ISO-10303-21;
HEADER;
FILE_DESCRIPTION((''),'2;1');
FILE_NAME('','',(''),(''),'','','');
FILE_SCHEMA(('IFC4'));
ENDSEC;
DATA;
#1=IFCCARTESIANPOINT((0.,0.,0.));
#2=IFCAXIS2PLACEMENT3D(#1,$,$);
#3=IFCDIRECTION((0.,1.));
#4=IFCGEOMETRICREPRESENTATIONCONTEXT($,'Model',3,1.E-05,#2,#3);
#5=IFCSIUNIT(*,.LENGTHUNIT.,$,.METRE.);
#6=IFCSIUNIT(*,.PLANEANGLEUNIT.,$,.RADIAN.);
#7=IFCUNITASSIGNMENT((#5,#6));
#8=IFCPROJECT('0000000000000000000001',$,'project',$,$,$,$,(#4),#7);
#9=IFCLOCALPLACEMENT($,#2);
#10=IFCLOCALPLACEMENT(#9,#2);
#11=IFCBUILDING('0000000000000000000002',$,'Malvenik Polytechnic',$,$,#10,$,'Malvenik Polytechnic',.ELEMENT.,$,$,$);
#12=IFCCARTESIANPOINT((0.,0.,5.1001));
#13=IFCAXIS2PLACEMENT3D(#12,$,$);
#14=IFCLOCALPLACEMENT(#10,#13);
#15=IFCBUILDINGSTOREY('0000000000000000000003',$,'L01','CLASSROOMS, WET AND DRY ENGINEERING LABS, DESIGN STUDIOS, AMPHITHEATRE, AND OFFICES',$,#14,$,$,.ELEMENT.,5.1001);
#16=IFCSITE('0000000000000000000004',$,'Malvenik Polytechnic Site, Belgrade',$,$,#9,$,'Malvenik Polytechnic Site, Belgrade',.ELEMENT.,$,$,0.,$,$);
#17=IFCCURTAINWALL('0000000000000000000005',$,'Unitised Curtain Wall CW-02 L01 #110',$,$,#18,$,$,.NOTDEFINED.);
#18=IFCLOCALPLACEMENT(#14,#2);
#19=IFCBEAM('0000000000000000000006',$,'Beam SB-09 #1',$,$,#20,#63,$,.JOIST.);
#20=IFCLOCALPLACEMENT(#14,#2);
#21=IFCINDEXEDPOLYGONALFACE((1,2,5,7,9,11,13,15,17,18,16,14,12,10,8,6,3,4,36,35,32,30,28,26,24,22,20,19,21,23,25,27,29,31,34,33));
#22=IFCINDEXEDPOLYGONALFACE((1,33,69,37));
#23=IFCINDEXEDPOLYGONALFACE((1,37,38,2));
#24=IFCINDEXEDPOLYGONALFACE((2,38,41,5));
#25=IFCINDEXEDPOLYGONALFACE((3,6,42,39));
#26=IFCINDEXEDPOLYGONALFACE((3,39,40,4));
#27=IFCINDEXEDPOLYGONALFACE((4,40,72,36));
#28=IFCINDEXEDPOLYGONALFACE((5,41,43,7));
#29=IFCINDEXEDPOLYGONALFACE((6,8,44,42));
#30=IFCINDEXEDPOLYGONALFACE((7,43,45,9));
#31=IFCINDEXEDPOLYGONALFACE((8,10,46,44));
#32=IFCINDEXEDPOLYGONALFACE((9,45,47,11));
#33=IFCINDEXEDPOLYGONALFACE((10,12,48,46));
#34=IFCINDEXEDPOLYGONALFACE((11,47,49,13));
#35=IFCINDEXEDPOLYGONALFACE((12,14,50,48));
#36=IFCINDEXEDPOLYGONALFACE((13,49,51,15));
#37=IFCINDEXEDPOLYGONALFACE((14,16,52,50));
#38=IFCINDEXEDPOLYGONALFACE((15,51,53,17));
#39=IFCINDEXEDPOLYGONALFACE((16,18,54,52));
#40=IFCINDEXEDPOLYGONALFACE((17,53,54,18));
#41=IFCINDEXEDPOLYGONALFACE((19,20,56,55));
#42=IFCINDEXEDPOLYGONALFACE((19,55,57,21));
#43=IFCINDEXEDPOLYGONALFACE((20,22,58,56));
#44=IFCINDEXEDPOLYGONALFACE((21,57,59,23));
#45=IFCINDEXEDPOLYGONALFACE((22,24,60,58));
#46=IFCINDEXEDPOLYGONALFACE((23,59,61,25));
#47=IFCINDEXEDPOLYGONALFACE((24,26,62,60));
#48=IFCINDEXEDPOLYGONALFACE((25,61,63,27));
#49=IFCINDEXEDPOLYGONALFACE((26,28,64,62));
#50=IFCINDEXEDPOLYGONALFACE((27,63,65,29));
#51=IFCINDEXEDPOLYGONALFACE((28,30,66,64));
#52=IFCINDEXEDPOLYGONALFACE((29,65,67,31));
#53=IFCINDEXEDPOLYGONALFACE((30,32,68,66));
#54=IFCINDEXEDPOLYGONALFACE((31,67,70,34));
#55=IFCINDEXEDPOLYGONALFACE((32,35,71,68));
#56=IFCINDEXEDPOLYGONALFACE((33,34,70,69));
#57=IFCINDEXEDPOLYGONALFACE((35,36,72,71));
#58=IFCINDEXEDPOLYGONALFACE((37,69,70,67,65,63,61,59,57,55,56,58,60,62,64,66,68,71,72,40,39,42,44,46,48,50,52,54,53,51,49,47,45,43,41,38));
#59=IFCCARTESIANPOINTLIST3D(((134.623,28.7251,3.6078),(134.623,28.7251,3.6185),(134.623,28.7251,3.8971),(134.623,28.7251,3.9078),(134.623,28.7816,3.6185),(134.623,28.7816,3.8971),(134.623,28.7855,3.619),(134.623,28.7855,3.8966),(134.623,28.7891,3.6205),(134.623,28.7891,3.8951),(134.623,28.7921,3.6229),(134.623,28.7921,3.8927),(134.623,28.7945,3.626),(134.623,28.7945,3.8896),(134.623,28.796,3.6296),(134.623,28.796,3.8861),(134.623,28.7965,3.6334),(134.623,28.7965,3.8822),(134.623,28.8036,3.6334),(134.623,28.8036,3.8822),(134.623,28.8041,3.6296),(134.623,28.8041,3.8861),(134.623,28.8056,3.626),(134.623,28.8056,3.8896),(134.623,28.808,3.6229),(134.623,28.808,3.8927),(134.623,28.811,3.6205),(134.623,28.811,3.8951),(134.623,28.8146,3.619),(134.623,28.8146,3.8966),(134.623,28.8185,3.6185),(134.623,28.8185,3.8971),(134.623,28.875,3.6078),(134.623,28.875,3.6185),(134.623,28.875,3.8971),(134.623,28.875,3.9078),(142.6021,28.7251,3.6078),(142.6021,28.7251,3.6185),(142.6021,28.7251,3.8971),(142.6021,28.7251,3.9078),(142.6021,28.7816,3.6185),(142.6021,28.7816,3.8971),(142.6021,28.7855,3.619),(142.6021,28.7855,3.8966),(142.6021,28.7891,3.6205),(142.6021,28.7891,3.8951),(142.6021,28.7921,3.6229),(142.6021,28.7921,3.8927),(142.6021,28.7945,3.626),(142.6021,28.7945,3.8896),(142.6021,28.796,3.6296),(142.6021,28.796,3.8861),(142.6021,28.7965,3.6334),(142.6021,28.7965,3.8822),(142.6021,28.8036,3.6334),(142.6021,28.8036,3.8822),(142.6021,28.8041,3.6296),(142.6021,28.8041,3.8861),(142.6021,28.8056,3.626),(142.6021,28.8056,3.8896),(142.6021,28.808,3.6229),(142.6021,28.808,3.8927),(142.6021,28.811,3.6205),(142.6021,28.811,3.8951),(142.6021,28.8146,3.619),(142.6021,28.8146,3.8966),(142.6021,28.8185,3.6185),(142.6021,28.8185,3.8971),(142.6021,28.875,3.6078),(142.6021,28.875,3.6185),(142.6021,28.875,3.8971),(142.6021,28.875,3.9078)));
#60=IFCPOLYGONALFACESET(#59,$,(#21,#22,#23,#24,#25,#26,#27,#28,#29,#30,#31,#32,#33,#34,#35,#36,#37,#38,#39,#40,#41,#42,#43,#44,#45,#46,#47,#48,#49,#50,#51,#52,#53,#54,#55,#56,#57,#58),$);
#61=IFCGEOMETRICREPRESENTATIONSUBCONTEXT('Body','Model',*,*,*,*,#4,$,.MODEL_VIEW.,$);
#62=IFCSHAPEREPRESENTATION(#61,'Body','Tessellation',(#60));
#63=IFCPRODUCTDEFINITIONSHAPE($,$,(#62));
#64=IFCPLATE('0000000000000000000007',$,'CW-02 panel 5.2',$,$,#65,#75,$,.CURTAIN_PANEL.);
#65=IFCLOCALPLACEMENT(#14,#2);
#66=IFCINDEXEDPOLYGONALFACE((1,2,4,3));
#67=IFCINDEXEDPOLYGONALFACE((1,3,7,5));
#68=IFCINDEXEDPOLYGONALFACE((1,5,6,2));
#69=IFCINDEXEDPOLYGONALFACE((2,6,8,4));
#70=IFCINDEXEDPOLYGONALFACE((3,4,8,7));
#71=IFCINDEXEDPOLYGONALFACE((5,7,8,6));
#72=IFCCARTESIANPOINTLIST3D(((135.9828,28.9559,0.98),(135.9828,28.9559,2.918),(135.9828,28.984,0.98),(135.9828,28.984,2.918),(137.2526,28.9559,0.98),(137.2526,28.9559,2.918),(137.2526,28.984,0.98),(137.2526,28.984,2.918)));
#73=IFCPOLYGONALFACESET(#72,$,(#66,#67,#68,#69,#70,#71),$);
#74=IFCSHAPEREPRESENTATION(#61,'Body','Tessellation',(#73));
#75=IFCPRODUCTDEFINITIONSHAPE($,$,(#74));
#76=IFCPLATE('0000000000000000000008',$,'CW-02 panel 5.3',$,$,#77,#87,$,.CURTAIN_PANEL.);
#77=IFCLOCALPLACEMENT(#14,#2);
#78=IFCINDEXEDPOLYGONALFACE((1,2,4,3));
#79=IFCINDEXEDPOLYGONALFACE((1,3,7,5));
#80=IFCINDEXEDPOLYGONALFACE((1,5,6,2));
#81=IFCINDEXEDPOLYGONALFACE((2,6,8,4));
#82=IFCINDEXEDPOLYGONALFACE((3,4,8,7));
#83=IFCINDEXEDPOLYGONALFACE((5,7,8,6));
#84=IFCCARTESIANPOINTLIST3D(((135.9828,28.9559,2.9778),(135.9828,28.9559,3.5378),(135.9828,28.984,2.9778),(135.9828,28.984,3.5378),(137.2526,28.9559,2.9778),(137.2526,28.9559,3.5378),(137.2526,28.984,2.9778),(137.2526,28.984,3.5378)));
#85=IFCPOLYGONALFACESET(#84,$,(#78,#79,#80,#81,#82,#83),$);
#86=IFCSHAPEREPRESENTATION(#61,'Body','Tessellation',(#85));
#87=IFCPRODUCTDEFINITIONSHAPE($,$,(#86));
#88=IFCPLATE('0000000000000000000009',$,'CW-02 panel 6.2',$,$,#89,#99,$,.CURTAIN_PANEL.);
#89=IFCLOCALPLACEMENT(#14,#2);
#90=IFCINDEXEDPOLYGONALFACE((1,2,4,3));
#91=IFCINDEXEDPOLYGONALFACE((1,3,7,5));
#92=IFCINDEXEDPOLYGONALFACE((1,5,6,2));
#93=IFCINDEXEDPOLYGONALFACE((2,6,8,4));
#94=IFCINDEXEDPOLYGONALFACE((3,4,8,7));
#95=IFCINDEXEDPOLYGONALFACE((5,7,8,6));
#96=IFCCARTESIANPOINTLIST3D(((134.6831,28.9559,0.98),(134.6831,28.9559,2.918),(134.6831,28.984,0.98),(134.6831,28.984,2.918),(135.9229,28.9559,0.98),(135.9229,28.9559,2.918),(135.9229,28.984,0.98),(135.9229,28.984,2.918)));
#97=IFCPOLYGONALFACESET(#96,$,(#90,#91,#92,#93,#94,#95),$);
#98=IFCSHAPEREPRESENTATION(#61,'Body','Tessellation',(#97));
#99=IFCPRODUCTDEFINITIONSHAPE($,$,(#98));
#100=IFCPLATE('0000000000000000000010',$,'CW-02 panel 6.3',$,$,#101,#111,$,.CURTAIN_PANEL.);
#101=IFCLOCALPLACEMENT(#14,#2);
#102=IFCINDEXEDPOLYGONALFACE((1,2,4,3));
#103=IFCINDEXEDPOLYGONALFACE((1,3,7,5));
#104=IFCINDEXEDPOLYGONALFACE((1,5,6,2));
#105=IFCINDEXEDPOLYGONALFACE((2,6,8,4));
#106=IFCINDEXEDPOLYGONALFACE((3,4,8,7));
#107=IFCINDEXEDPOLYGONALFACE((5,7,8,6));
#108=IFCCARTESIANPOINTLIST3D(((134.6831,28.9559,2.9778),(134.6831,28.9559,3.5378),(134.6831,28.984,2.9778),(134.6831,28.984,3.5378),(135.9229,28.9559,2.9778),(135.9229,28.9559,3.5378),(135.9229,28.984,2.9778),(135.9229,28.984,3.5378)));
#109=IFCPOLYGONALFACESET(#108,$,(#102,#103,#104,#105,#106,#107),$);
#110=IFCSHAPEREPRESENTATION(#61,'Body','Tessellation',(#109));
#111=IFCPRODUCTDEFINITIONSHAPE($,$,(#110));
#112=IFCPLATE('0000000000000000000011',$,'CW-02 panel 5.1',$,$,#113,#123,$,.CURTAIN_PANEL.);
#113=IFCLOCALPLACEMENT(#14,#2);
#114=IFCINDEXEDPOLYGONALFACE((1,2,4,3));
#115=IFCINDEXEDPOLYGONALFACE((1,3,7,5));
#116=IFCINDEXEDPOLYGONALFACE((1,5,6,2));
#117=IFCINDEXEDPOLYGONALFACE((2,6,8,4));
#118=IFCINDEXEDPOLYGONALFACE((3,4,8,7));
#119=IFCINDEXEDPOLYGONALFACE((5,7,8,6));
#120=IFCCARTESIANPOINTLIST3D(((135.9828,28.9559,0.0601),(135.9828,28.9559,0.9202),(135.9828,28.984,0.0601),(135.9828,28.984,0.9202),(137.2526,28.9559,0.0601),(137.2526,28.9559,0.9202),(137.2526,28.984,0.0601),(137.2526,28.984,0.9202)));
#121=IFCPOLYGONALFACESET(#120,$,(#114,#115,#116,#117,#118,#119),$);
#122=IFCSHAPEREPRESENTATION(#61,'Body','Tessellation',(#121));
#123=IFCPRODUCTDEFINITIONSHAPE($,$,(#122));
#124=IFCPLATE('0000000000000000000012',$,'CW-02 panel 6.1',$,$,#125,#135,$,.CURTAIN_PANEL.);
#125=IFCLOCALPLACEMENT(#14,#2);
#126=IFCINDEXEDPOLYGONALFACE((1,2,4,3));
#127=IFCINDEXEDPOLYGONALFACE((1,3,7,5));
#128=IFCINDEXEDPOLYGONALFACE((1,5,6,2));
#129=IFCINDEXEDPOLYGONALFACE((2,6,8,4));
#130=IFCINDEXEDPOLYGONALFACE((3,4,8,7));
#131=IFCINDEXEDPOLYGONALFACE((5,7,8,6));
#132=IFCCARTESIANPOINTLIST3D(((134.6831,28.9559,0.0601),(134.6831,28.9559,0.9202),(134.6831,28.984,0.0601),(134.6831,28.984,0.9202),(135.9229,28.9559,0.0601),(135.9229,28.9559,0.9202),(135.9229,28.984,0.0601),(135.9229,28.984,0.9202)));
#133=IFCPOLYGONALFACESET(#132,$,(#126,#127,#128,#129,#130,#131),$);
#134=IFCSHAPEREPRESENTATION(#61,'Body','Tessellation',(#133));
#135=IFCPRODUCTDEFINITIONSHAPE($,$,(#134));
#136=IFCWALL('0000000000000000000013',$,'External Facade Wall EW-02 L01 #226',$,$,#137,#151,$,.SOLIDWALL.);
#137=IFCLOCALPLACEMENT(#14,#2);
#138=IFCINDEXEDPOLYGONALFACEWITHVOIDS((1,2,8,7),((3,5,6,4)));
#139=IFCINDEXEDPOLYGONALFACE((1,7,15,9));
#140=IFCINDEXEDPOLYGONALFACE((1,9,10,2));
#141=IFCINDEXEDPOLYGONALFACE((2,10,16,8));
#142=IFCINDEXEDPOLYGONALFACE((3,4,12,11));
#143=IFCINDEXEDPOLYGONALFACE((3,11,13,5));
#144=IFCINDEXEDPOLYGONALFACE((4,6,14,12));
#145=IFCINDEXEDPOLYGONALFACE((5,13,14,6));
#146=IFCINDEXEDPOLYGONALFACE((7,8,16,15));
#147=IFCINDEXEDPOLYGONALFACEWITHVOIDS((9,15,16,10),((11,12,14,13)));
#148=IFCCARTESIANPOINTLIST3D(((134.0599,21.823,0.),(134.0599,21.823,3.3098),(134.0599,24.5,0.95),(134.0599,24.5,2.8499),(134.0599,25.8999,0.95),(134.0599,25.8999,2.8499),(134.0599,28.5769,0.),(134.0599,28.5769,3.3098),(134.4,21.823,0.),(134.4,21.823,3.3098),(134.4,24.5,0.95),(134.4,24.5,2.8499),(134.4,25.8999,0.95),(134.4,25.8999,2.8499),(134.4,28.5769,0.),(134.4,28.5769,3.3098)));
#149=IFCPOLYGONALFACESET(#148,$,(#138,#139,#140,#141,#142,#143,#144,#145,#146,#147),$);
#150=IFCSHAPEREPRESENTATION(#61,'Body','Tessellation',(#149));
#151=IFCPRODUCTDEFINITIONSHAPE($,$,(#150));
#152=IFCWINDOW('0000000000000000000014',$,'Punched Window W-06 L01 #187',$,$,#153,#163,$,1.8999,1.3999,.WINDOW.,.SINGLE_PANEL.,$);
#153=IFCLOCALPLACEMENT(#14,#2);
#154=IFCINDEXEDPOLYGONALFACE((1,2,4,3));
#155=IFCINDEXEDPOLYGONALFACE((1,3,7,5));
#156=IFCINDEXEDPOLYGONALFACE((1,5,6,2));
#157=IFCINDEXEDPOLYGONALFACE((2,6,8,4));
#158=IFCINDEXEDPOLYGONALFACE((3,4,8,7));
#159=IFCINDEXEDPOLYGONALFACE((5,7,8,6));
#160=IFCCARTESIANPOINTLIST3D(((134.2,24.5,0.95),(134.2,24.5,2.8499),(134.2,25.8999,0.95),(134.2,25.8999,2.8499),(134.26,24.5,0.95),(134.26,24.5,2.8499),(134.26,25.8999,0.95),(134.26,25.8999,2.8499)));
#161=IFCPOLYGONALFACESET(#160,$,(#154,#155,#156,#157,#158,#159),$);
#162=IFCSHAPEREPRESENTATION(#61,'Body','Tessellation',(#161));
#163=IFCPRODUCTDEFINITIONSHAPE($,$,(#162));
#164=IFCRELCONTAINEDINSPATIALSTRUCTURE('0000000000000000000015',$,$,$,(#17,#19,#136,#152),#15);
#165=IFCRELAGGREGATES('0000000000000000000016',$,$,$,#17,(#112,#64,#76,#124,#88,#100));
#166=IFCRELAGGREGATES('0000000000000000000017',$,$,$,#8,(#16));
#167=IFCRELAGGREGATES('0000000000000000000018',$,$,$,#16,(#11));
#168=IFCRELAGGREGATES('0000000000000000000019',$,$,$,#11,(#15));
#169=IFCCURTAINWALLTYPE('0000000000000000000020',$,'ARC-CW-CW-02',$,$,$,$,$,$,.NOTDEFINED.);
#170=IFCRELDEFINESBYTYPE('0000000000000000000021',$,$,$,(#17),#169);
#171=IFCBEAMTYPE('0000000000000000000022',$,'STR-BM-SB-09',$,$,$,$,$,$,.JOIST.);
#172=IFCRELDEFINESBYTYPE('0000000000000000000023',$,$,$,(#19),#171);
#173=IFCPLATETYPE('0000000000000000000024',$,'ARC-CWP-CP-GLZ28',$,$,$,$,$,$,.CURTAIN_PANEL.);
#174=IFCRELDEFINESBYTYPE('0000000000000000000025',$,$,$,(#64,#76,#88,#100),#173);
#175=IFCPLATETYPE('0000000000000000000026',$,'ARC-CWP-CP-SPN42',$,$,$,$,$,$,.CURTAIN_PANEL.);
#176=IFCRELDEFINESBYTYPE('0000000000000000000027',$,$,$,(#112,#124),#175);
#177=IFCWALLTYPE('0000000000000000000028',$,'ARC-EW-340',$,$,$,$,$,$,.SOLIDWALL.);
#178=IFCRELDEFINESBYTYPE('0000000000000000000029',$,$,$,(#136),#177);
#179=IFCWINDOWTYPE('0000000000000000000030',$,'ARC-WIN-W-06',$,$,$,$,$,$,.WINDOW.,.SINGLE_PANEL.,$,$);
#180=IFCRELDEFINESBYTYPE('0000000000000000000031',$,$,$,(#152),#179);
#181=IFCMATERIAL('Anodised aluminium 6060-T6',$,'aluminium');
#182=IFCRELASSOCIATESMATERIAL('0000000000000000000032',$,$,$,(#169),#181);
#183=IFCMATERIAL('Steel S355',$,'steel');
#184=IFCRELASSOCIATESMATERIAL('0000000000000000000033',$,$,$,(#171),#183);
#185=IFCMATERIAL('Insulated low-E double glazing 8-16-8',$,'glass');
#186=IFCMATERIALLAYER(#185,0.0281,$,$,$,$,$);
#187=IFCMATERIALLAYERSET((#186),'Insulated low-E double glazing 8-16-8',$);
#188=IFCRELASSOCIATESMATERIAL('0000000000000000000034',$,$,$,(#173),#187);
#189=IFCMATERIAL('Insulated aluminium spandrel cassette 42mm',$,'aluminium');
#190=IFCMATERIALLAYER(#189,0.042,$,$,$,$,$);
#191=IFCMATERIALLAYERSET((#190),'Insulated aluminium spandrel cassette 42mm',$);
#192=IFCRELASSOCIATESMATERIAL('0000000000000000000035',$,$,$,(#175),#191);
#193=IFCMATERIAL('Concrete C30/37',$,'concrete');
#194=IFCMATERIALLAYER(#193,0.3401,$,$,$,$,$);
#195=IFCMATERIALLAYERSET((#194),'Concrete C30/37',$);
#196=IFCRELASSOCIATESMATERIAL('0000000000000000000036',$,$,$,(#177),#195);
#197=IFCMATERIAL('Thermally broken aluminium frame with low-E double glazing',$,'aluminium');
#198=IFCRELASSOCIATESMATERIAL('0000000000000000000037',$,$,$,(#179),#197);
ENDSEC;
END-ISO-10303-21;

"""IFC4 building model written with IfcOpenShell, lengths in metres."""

from ifc_helpers import new_model, si_unit, direction, frame, frame_2d, origin, origin_2d, place, context, subcontext, project, spatial, rectangle, i_section, extrude, material, layer, layer_set, material_profile, profile_set, type_object, element, fill, aggregate, save


model = new_model("IFC4")

# Units and contexts
model_context = context("Model", 3, precision=1e-05, world=origin(), true_north=direction((0.0, 1.0)))
body_context = subcontext(model_context, "Body", "Model", "MODEL_VIEW")
ifc_project = project(units=[si_unit("LENGTHUNIT", "METRE"), si_unit("PLANEANGLEUNIT", "RADIAN")], contexts=[model_context])

# Site, building, storey
site_placement = place(None, origin())
site = spatial("IfcSite", under=ifc_project, at=site_placement, Name="Malvenik Polytechnic Site, Belgrade", LongName="Malvenik Polytechnic Site, Belgrade", CompositionType="ELEMENT", RefElevation=0.0)
building_placement = place(site_placement, origin())
building = spatial("IfcBuilding", under=site, at=building_placement, Name="Malvenik Polytechnic", LongName="Malvenik Polytechnic", CompositionType="ELEMENT")
storey_placement = place(building_placement, frame((0.0, 0.0, 5.1001)))
storey = spatial("IfcBuildingStorey", under=building, at=storey_placement, Name="L01", Description="CLASSROOMS, WET AND DRY ENGINEERING LABS, DESIGN STUDIOS, AMPHITHEATRE, AND OFFICES", CompositionType="ELEMENT", Elevation=5.1001)

# Curtain wall
ifc_material_1 = material(Name="Anodised aluminium 6060-T6", Category="aluminium")
curtain_wall_type = type_object("IfcCurtainWallType", Name="ARC-CW-CW-02", PredefinedType="NOTDEFINED", material=ifc_material_1)
curtain_wall_placement = place(storey_placement, origin())
curtain_wall = element("IfcCurtainWall", 1, at=curtain_wall_placement, inside=storey, type_object=curtain_wall_type, Name="Unitised Curtain Wall CW-02 L01 #110", PredefinedType="NOTDEFINED")

# Beam
ifc_material_2 = material(Name="Steel S355", Category="steel")
ifc_material_profile_1 = material_profile(ifc_material_2, i_section(OverallWidth=0.1499, OverallDepth=0.3, WebThickness=0.0071, FlangeThickness=0.0107, FilletRadius=0.0149, at=origin_2d()), Name="IPE 300")
ifc_profile_set_1 = profile_set([ifc_material_profile_1], Name="Steel S355")
beam_type_1 = type_object("IfcBeamType", Name="STR-BM-SB-09", PredefinedType="JOIST", material=ifc_profile_set_1)
beam_1_placement = place(storey_placement, frame((134.623, 28.8, 3.7578), z_axis=(1.0, 0.0, 0.0), x_axis=(0.0, 1.0, 0.0)))
element("IfcBeam", 2, at=beam_1_placement, inside=storey, type_object=beam_type_1, Name="Beam SB-09 #1", PredefinedType="JOIST", context=body_context, shape_type="SweptSolid", body=[
    extrude(i_section(OverallWidth=0.1499, OverallDepth=0.3, WebThickness=0.0071, FlangeThickness=0.0107, FilletRadius=0.0149, at=origin_2d()), origin(), (0.0, 0.0, 1.0), 7.979),
])

# Plates
ifc_material_3 = material(Name="Insulated low-E double glazing 8-16-8", Category="glass")
ifc_layer_1 = layer(ifc_material_3, 0.0281)
ifc_layer_set_1 = layer_set([ifc_layer_1], Name="Insulated low-E double glazing 8-16-8")
plate_type_1 = type_object("IfcPlateType", Name="ARC-CWP-CP-GLZ28", PredefinedType="CURTAIN_PANEL", material=ifc_layer_set_1)
plate_1_placement = place(storey_placement, frame((136.6177, 28.97, 0.98), z_axis=(0.0, 0.0, 1.0), x_axis=(-1.0, 0.0, 0.0)))
plate_1 = element("IfcPlate", 3, at=plate_1_placement, type_object=plate_type_1, Name="CW-02 panel 5.2", PredefinedType="CURTAIN_PANEL", context=body_context, shape_type="SweptSolid", body=[
    extrude(rectangle(XDim=1.2698, YDim=0.0281, at=origin_2d()), origin(), (0.0, 0.0, 1.0), 1.938),
])
plate_2_placement = place(storey_placement, frame((136.6177, 28.97, 2.9778), z_axis=(0.0, 0.0, 1.0), x_axis=(-1.0, 0.0, 0.0)))
plate_2 = element("IfcPlate", 4, at=plate_2_placement, type_object=plate_type_1, Name="CW-02 panel 5.3", PredefinedType="CURTAIN_PANEL", context=body_context, shape_type="SweptSolid", body=[
    extrude(rectangle(XDim=1.2698, YDim=0.0281, at=origin_2d()), origin(), (0.0, 0.0, 1.0), 0.5601),
])
plate_3_placement = place(storey_placement, frame((135.303, 28.97, 0.98), z_axis=(0.0, 0.0, 1.0), x_axis=(-1.0, 0.0, 0.0)))
plate_3 = element("IfcPlate", 5, at=plate_3_placement, type_object=plate_type_1, Name="CW-02 panel 6.2", PredefinedType="CURTAIN_PANEL", context=body_context, shape_type="SweptSolid", body=[
    extrude(rectangle(XDim=1.2397, YDim=0.0281, at=origin_2d()), origin(), (0.0, 0.0, 1.0), 1.938),
])
plate_4_placement = place(storey_placement, frame((135.303, 28.97, 2.9778), z_axis=(0.0, 0.0, 1.0), x_axis=(-1.0, 0.0, 0.0)))
plate_4 = element("IfcPlate", 6, at=plate_4_placement, type_object=plate_type_1, Name="CW-02 panel 6.3", PredefinedType="CURTAIN_PANEL", context=body_context, shape_type="SweptSolid", body=[
    extrude(rectangle(XDim=1.2397, YDim=0.0281, at=origin_2d()), origin(), (0.0, 0.0, 1.0), 0.5601),
])
ifc_material_4 = material(Name="Insulated aluminium spandrel cassette 42mm", Category="aluminium")
ifc_layer_2 = layer(ifc_material_4, 0.042)
ifc_layer_set_2 = layer_set([ifc_layer_2], Name="Insulated aluminium spandrel cassette 42mm")
plate_type_2 = type_object("IfcPlateType", Name="ARC-CWP-CP-SPN42", PredefinedType="CURTAIN_PANEL", material=ifc_layer_set_2)
plate_5_placement = place(storey_placement, frame((136.6177, 28.97, 0.0601), z_axis=(0.0, 0.0, 1.0), x_axis=(-1.0, 0.0, 0.0)))
plate_5 = element("IfcPlate", 7, at=plate_5_placement, type_object=plate_type_2, Name="CW-02 panel 5.1", PredefinedType="CURTAIN_PANEL", context=body_context, shape_type="SweptSolid", body=[
    extrude(rectangle(XDim=1.2698, YDim=0.0281, at=origin_2d()), origin(), (0.0, 0.0, 1.0), 0.8601),
])
plate_6_placement = place(storey_placement, frame((135.303, 28.97, 0.0601), z_axis=(0.0, 0.0, 1.0), x_axis=(-1.0, 0.0, 0.0)))
plate_6 = element("IfcPlate", 8, at=plate_6_placement, type_object=plate_type_2, Name="CW-02 panel 6.1", PredefinedType="CURTAIN_PANEL", context=body_context, shape_type="SweptSolid", body=[
    extrude(rectangle(XDim=1.2397, YDim=0.0281, at=origin_2d()), origin(), (0.0, 0.0, 1.0), 0.8601),
])
aggregate(curtain_wall, [plate_5, plate_1, plate_2, plate_6, plate_3, plate_4])

# Wall, opening, window
ifc_material_5 = material(Name="Concrete C30/37", Category="concrete")
ifc_layer_3 = layer(ifc_material_5, 0.3401)
ifc_layer_set_3 = layer_set([ifc_layer_3], Name="Concrete C30/37")
wall_type = type_object("IfcWallType", Name="ARC-EW-340", PredefinedType="SOLIDWALL", material=ifc_layer_set_3)
wall_placement = place(storey_placement, frame((134.23, 28.5769, 0.0), z_axis=(0.0, 0.0, 1.0), x_axis=(0.0, -1.0, 0.0)))
wall = element("IfcWall", 9, at=wall_placement, inside=storey, type_object=wall_type, Name="External Facade Wall EW-02 L01 #226", PredefinedType="SOLIDWALL", context=body_context, shape_type="SweptSolid", body=[
    extrude(rectangle(XDim=6.7539, YDim=0.3401, at=frame_2d((3.377, 0.0))), origin(), (0.0, 0.0, 1.0), 3.3098),
])
opening_placement = place(wall_placement, frame((2.677, 0.0, 0.95)))
opening = element("IfcOpeningElement", 10, at=opening_placement, cuts=wall, PredefinedType="OPENING", context=body_context, shape_type="SweptSolid", body=[
    extrude(rectangle(XDim=1.3999, YDim=1.8999, at=frame_2d((0.7, 0.95))), frame((0.0, 0.1802, 0.0), z_axis=(0.0, -1.0, 0.0), x_axis=(1.0, 0.0, 0.0)), (0.0, 0.0, 1.0), 0.3601),
])
ifc_material_6 = material(Name="Thermally broken aluminium frame with low-E double glazing", Category="aluminium")
window_type = type_object("IfcWindowType", Name="ARC-WIN-W-06", PartitioningType="SINGLE_PANEL", PredefinedType="WINDOW", material=ifc_material_6)
window_placement = place(opening_placement, origin())
window = element("IfcWindow", 11, at=window_placement, inside=storey, type_object=window_type, Name="Punched Window W-06 L01 #187", OverallHeight=1.8999, OverallWidth=1.3999, PartitioningType="SINGLE_PANEL", PredefinedType="WINDOW", context=body_context, shape_type="SweptSolid", body=[
    extrude(rectangle(XDim=1.3999, YDim=1.8999, at=frame_2d((0.7, 0.95))), frame((0.0, 0.03, 0.0), z_axis=(0.0, -1.0, 0.0), x_axis=(1.0, 0.0, 0.0)), (0.0, 0.0, 1.0), 0.0601),
])
fill(opening, window)

save(model, "model.ifc")
